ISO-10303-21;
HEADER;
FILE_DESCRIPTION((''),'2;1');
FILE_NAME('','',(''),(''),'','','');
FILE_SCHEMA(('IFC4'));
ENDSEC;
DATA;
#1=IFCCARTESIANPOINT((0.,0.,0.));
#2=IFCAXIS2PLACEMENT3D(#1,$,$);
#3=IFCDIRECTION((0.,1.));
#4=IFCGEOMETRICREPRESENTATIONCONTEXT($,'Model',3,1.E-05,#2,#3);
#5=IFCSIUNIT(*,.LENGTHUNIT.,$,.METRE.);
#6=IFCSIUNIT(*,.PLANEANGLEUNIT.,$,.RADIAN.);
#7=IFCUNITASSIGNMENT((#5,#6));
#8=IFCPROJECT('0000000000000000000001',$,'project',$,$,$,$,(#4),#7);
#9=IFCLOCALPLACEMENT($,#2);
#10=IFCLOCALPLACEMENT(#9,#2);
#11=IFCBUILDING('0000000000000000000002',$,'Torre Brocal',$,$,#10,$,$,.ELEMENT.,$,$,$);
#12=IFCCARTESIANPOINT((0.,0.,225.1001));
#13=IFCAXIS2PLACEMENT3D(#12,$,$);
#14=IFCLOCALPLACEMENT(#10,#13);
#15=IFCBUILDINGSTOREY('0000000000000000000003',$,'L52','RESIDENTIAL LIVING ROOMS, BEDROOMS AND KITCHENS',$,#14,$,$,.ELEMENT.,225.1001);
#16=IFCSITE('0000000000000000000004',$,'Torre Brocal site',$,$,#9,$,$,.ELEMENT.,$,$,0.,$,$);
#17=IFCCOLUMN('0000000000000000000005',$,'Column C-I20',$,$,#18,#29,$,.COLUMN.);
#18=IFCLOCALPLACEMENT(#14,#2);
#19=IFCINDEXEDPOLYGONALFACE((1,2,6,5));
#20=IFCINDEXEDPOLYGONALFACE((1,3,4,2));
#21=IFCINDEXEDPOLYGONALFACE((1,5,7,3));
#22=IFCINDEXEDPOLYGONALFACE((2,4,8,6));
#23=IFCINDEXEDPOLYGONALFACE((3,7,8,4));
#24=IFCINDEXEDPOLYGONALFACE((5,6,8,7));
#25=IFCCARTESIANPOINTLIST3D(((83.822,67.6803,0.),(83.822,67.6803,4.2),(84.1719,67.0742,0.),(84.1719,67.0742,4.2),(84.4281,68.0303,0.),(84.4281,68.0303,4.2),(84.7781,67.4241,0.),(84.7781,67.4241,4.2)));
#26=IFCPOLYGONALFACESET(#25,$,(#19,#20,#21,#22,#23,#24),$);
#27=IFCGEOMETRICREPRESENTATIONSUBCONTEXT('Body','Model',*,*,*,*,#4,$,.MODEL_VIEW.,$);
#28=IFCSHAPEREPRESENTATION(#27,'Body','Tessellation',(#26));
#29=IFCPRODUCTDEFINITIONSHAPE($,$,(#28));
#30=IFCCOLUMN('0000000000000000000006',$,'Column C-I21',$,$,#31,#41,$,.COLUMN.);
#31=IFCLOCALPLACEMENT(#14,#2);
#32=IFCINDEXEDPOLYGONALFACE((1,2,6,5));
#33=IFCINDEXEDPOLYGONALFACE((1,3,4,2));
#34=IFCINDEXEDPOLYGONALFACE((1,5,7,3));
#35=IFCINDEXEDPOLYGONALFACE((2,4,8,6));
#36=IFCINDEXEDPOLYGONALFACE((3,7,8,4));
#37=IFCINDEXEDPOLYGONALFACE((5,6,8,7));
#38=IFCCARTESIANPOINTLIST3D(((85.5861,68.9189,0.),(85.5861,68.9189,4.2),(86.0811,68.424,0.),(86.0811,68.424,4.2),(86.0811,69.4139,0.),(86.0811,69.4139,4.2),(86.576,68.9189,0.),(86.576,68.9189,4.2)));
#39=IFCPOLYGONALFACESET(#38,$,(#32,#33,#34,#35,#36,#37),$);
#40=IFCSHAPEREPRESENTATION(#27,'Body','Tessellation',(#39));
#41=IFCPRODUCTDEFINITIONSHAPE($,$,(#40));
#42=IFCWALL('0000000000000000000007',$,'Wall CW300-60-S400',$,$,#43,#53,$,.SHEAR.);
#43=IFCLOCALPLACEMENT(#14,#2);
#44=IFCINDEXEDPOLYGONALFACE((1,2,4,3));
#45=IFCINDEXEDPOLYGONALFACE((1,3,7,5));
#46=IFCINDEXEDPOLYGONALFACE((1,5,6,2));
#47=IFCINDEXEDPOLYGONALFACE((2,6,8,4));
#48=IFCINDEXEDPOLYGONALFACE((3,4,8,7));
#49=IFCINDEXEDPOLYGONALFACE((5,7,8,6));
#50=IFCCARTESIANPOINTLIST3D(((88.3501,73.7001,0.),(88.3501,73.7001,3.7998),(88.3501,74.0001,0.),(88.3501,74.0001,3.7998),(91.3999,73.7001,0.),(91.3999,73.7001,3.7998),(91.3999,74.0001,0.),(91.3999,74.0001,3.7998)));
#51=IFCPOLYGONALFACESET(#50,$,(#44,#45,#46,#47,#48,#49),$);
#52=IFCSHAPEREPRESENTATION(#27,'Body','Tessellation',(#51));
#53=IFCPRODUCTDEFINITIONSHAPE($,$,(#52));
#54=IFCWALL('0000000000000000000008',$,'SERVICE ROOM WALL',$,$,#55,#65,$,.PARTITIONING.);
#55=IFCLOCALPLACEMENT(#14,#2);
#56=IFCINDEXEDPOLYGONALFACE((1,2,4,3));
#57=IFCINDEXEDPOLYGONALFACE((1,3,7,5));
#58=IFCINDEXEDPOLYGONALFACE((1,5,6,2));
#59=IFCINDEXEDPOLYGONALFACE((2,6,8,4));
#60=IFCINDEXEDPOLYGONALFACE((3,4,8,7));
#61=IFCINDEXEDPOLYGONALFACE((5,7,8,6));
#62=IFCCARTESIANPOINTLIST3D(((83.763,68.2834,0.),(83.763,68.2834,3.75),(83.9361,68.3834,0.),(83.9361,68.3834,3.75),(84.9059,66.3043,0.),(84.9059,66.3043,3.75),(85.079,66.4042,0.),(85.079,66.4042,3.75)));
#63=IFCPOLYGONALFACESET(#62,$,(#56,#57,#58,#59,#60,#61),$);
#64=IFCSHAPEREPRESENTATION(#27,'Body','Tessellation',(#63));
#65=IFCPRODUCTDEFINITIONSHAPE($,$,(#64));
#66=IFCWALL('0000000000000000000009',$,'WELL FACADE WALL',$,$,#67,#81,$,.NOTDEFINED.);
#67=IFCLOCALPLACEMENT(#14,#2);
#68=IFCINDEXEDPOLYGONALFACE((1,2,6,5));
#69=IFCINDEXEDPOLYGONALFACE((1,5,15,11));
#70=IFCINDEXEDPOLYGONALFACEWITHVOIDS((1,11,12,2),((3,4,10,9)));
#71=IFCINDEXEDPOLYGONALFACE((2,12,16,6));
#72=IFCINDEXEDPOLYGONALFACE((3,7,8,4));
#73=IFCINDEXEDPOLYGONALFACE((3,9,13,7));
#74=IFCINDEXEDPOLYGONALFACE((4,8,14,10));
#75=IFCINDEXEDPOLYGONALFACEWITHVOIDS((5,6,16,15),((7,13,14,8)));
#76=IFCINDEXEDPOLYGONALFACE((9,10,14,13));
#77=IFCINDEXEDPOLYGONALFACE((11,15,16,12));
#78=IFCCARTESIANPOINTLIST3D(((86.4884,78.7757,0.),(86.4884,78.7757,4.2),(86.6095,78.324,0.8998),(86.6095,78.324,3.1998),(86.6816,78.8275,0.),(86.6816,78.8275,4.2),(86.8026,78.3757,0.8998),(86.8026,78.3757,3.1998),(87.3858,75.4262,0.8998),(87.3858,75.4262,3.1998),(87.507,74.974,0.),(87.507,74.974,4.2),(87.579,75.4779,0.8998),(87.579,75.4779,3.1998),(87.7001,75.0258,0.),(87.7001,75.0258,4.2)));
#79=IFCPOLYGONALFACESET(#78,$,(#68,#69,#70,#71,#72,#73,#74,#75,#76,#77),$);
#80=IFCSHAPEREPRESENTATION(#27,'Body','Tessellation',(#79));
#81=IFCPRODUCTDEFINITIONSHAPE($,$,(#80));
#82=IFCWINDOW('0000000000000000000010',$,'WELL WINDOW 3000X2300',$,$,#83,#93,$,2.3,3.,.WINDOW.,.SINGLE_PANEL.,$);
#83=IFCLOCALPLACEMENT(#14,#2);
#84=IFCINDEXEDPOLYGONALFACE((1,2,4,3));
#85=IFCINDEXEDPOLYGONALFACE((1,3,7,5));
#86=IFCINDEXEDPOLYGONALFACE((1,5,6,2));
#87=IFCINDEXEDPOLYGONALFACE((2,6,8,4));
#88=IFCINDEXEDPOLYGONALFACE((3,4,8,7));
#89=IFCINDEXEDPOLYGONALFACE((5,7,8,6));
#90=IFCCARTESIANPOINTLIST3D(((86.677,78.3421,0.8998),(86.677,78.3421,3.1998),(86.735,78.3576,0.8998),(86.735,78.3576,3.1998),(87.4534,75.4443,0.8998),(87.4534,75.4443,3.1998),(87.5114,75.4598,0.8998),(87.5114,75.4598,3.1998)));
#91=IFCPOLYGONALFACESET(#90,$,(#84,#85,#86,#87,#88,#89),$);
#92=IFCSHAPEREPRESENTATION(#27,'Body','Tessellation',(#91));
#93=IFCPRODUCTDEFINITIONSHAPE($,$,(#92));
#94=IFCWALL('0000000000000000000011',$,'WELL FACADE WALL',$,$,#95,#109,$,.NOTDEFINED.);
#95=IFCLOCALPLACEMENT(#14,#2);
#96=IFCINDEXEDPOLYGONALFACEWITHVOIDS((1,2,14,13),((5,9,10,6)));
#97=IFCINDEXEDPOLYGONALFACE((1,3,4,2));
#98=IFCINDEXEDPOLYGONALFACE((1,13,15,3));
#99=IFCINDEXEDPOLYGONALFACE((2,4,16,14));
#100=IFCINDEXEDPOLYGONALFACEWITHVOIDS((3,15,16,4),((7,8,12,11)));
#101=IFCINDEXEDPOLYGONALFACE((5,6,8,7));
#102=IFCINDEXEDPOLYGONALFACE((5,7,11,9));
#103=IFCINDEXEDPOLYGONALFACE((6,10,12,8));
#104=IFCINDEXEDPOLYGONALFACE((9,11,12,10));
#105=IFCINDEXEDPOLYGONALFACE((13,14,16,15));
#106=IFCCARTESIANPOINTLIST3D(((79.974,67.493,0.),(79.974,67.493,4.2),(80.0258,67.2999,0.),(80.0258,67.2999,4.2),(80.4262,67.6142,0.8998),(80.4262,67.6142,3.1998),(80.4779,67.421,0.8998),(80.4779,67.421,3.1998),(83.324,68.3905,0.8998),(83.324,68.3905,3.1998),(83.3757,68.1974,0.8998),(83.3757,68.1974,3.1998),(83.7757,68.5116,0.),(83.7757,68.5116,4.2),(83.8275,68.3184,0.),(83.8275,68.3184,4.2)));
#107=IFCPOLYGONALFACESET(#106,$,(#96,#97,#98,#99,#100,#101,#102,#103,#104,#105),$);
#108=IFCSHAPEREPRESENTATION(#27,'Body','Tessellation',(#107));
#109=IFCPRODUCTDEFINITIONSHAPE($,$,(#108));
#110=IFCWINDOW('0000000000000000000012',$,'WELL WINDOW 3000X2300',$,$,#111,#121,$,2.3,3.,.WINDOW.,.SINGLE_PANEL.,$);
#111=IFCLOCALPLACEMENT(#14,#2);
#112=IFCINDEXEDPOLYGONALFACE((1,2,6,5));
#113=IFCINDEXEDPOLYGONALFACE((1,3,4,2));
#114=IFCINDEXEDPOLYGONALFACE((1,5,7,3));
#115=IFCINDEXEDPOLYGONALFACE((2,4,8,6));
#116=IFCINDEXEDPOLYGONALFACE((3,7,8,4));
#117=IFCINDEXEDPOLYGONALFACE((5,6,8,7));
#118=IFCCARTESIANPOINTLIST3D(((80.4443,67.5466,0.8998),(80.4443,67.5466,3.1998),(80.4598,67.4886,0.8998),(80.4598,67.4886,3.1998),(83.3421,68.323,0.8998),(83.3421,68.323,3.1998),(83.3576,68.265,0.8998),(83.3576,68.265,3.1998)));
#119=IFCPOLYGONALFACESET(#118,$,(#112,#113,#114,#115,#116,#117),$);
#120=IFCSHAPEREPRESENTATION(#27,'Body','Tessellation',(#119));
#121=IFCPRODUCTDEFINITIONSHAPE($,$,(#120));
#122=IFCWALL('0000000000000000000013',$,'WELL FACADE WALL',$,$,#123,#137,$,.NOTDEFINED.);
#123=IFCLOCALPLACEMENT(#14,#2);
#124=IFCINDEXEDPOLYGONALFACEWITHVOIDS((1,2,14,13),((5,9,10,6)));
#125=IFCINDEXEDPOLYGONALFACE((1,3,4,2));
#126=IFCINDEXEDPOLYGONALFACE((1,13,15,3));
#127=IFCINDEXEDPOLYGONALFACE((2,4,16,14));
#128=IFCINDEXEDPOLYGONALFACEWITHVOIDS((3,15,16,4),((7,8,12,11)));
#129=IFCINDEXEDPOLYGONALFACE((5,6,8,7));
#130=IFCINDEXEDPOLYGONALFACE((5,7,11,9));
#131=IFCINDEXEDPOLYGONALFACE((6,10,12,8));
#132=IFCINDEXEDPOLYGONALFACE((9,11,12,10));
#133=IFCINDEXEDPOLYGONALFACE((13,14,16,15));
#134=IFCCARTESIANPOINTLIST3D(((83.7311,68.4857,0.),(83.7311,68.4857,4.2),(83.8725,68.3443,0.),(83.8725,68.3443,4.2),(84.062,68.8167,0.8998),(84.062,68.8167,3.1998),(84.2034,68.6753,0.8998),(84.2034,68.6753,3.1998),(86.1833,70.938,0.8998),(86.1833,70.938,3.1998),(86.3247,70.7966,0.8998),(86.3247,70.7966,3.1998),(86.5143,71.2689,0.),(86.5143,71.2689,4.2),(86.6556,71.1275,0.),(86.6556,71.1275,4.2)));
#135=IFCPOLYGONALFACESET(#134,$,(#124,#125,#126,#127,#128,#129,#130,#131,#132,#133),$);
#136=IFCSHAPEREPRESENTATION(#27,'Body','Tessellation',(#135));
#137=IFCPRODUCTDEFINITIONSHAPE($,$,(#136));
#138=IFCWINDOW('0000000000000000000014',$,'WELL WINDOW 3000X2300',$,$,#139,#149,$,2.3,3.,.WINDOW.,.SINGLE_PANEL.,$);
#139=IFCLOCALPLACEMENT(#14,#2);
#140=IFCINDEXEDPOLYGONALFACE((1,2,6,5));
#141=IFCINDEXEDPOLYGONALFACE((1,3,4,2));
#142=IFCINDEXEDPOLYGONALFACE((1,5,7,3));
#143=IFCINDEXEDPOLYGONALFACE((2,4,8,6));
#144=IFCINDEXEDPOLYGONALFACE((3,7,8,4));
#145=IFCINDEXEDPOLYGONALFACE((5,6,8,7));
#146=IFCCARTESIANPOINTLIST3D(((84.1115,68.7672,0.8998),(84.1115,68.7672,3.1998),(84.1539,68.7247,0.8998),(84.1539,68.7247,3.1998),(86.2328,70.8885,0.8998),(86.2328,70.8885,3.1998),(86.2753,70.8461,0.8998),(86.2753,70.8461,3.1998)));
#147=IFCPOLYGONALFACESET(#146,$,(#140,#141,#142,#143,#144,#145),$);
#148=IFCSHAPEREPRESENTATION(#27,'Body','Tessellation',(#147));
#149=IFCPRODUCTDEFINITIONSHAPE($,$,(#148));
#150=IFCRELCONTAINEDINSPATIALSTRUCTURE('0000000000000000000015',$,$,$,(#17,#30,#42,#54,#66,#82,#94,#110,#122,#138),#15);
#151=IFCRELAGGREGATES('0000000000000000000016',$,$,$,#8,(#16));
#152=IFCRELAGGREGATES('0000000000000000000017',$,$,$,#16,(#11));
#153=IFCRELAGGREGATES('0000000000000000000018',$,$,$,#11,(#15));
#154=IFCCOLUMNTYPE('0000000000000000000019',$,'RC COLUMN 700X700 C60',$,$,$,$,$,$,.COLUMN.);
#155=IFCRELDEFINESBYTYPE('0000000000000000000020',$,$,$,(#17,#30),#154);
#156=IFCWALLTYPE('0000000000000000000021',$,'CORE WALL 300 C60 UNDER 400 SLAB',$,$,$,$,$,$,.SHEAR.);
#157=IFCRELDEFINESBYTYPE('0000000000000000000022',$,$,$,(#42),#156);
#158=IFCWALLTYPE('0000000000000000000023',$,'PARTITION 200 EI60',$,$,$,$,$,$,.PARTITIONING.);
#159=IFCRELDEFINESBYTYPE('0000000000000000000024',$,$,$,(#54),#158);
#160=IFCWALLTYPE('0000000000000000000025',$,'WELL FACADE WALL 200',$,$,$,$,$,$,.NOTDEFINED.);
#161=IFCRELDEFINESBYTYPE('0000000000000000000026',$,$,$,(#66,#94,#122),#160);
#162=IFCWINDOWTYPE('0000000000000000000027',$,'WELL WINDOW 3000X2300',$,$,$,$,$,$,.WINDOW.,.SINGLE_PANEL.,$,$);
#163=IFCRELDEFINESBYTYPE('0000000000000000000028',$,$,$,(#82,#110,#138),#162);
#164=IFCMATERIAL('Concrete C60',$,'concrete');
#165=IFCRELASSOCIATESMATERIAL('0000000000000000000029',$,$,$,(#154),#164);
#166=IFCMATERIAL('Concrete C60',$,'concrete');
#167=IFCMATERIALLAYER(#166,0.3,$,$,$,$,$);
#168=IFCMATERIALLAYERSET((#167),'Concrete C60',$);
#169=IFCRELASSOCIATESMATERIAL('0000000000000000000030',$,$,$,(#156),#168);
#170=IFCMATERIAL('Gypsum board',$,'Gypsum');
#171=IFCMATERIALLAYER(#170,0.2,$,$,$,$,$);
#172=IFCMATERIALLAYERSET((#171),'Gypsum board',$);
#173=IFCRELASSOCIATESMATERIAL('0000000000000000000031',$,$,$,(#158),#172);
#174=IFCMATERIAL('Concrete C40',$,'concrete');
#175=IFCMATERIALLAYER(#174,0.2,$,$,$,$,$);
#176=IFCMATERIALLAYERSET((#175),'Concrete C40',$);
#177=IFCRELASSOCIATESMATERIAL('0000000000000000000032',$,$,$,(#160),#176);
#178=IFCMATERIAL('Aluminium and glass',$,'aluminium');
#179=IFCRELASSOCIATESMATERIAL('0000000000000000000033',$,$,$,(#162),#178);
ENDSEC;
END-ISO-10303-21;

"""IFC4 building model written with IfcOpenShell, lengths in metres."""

from ifc_helpers import new_model, si_unit, direction, frame, frame_2d, origin, origin_2d, place, context, subcontext, project, spatial, rectangle, extrude, material, layer, layer_set, material_profile, profile_set, type_object, element, fill, save


model = new_model("IFC4")

# Units and contexts
model_context = context("Model", 3, precision=1e-05, world=origin(), true_north=direction((0.0, 1.0)))
body_context = subcontext(model_context, "Body", "Model", "MODEL_VIEW")
ifc_project = project(units=[si_unit("LENGTHUNIT", "METRE"), si_unit("PLANEANGLEUNIT", "RADIAN")], contexts=[model_context])

# Site, building, storey
site_placement = place(None, origin())
site = spatial("IfcSite", under=ifc_project, at=site_placement, Name="Torre Brocal site", CompositionType="ELEMENT", RefElevation=0.0)
building_placement = place(site_placement, origin())
building = spatial("IfcBuilding", under=site, at=building_placement, Name="Torre Brocal", CompositionType="ELEMENT")
storey_placement = place(building_placement, frame((0.0, 0.0, 225.1001)))
storey = spatial("IfcBuildingStorey", under=building, at=storey_placement, Name="L52", Description="RESIDENTIAL LIVING ROOMS, BEDROOMS AND KITCHENS", CompositionType="ELEMENT", Elevation=225.1001)

# Columns
ifc_material_1 = material(Name="Concrete C60", Category="concrete")
ifc_material_profile = material_profile(ifc_material_1, rectangle(XDim=0.7, YDim=0.7, at=origin_2d()), Name="RC 700X700")
ifc_profile_set = profile_set([ifc_material_profile], Name="Concrete C60")
column_type = type_object("IfcColumnType", Name="RC COLUMN 700X700 C60", PredefinedType="COLUMN", material=ifc_profile_set)
for number, where, z_axis, x_axis, name in (
    (1, (84.3, 67.5522, 0.0), (0.0, 0.0, 1.0), (0.5, -0.866025, 0.0), "Column C-I20"),
    (2, (86.0811, 68.9189, 0.0), (0.0, 0.0, 1.0), (0.707107, -0.707107, 0.0), "Column C-I21"),
):
    element("IfcColumn", number, at=place(storey_placement, frame(where, z_axis=z_axis, x_axis=x_axis)), inside=storey, type_object=column_type, Name=name, PredefinedType="COLUMN", context=body_context, shape_type="SweptSolid", body=[
        extrude(rectangle(XDim=0.7, YDim=0.7, at=origin_2d()), origin(), (0.0, 0.0, 1.0), 4.2),
    ])

# Walls
ifc_material_2 = material(Name="Concrete C60", Category="concrete")
ifc_layer_1 = layer(ifc_material_2, 0.3)
ifc_layer_set_1 = layer_set([ifc_layer_1], Name="Concrete C60")
wall_type_1 = type_object("IfcWallType", Name="CORE WALL 300 C60 UNDER 400 SLAB", PredefinedType="SHEAR", material=ifc_layer_set_1)
wall_1_placement = place(storey_placement, frame((88.3501, 73.8501, 0.0), z_axis=(0.0, 0.0, 1.0), x_axis=(1.0, 0.0, 0.0)))
element("IfcWall", 3, at=wall_1_placement, inside=storey, type_object=wall_type_1, Name="Wall CW300-60-S400", PredefinedType="SHEAR", context=body_context, shape_type="SweptSolid", body=[
    extrude(rectangle(XDim=3.0498, YDim=0.3, at=frame_2d((1.5249, 0.0))), origin(), (0.0, 0.0, 1.0), 3.7998),
])
ifc_material_3 = material(Name="Gypsum board", Category="Gypsum")
ifc_layer_2 = layer(ifc_material_3, 0.2)
ifc_layer_set_2 = layer_set([ifc_layer_2], Name="Gypsum board")
wall_type_2 = type_object("IfcWallType", Name="PARTITION 200 EI60", PredefinedType="PARTITIONING", material=ifc_layer_set_2)
wall_2_placement = place(storey_placement, frame((83.8496, 68.3333, 0.0), z_axis=(0.0, 0.0, 1.0), x_axis=(0.50008, -0.865979, 0.0)))
element("IfcWall", 4, at=wall_2_placement, inside=storey, type_object=wall_type_2, Name="SERVICE ROOM WALL", PredefinedType="PARTITIONING", context=body_context, shape_type="SweptSolid", body=[
    extrude(rectangle(XDim=2.2854, YDim=0.2, at=frame_2d((1.1426, 0.0))), origin(), (0.0, 0.0, 1.0), 3.75),
])

# Walls, openings, windows
ifc_material_4 = material(Name="Concrete C40", Category="concrete")
ifc_layer_3 = layer(ifc_material_4, 0.2)
ifc_layer_set_3 = layer_set([ifc_layer_3], Name="Concrete C40")
wall_type_3 = type_object("IfcWallType", Name="WELL FACADE WALL 200", PredefinedType="NOTDEFINED", material=ifc_layer_set_3)
wall_3_placement = place(storey_placement, frame((87.6035, 75.0, 0.0), z_axis=(0.0, 0.0, 1.0), x_axis=(-0.25879, 0.965934, 0.0)))
wall_3 = element("IfcWall", 5, at=wall_3_placement, inside=storey, type_object=wall_type_3, Name="WELL FACADE WALL", PredefinedType="NOTDEFINED", context=body_context, shape_type="SweptSolid", body=[
    extrude(rectangle(XDim=3.9358, YDim=0.2, at=frame_2d((1.9678, 0.0))), origin(), (0.0, 0.0, 1.0), 4.2),
])
opening_1_placement = place(wall_3_placement, frame((0.468, 0.0, 0.8999)))
opening_1 = element("IfcOpeningElement", 6, at=opening_1_placement, cuts=wall_3, PredefinedType="OPENING", context=body_context, shape_type="SweptSolid", body=[
    extrude(rectangle(XDim=3.0, YDim=2.3, at=frame_2d((1.5, 1.1499))), frame((0.0, 0.1099, 0.0), z_axis=(0.0, -1.0, 0.0), x_axis=(1.0, 0.0, 0.0)), (0.0, 0.0, 1.0), 0.22),
])
ifc_material_5 = material(Name="Aluminium and glass", Category="aluminium")
window_type = type_object("IfcWindowType", Name="WELL WINDOW 3000X2300", PartitioningType="SINGLE_PANEL", PredefinedType="WINDOW", material=ifc_material_5)
window_1_placement = place(opening_1_placement, origin())
window_1 = element("IfcWindow", 7, at=window_1_placement, inside=storey, type_object=window_type, Name="WELL WINDOW 3000X2300", OverallHeight=2.3, OverallWidth=3.0, PartitioningType="SINGLE_PANEL", PredefinedType="WINDOW", context=body_context, shape_type="SweptSolid", body=[
    extrude(rectangle(XDim=3.0, YDim=2.3, at=frame_2d((1.5, 1.1499))), frame((0.0, 0.03, 0.0), z_axis=(0.0, -1.0, 0.0), x_axis=(1.0, 0.0, 0.0)), (0.0, 0.0, 1.0), 0.0601),
])
fill(opening_1, window_1)
wall_4_placement = place(storey_placement, frame((80.0, 67.3965, 0.0), z_axis=(0.0, 0.0, 1.0), x_axis=(0.965934, 0.25879, 0.0)))
wall_4 = element("IfcWall", 8, at=wall_4_placement, inside=storey, type_object=wall_type_3, Name="WELL FACADE WALL", PredefinedType="NOTDEFINED", context=body_context, shape_type="SweptSolid", body=[
    extrude(rectangle(XDim=3.9358, YDim=0.2, at=frame_2d((1.9678, 0.0))), origin(), (0.0, 0.0, 1.0), 4.2),
])
opening_2_placement = place(wall_4_placement, frame((0.468, 0.0, 0.8999)))
opening_2 = element("IfcOpeningElement", 9, at=opening_2_placement, cuts=wall_4, PredefinedType="OPENING", context=body_context, shape_type="SweptSolid", body=[
    extrude(rectangle(XDim=3.0, YDim=2.3, at=frame_2d((1.5, 1.1499))), frame((0.0, 0.1099, 0.0), z_axis=(0.0, -1.0, 0.0), x_axis=(1.0, 0.0, 0.0)), (0.0, 0.0, 1.0), 0.22),
])
window_2_placement = place(opening_2_placement, origin())
window_2 = element("IfcWindow", 10, at=window_2_placement, inside=storey, type_object=window_type, Name="WELL WINDOW 3000X2300", OverallHeight=2.3, OverallWidth=3.0, PartitioningType="SINGLE_PANEL", PredefinedType="WINDOW", context=body_context, shape_type="SweptSolid", body=[
    extrude(rectangle(XDim=3.0, YDim=2.3, at=frame_2d((1.5, 1.1499))), frame((0.0, 0.03, 0.0), z_axis=(0.0, -1.0, 0.0), x_axis=(1.0, 0.0, 0.0)), (0.0, 0.0, 1.0), 0.0601),
])
fill(opening_2, window_2)
wall_5_placement = place(storey_placement, frame((83.8018, 68.415, 0.0), z_axis=(0.0, 0.0, 1.0), x_axis=(0.707107, 0.707107, 0.0)))
wall_5 = element("IfcWall", 11, at=wall_5_placement, inside=storey, type_object=wall_type_3, Name="WELL FACADE WALL", PredefinedType="NOTDEFINED", context=body_context, shape_type="SweptSolid", body=[
    extrude(rectangle(XDim=3.936, YDim=0.2, at=frame_2d((1.968, 0.0))), origin(), (0.0, 0.0, 1.0), 4.2),
])
opening_3_placement = place(wall_5_placement, frame((0.468, 0.0, 0.8999)))
opening_3 = element("IfcOpeningElement", 12, at=opening_3_placement, cuts=wall_5, PredefinedType="OPENING", context=body_context, shape_type="SweptSolid", body=[
    extrude(rectangle(XDim=3.0, YDim=2.3, at=frame_2d((1.5, 1.1499))), frame((0.0, 0.1099, 0.0), z_axis=(0.0, -1.0, 0.0), x_axis=(1.0, 0.0, 0.0)), (0.0, 0.0, 1.0), 0.22),
])
window_3_placement = place(opening_3_placement, origin())
window_3 = element("IfcWindow", 13, at=window_3_placement, inside=storey, type_object=window_type, Name="WELL WINDOW 3000X2300", OverallHeight=2.3, OverallWidth=3.0, PartitioningType="SINGLE_PANEL", PredefinedType="WINDOW", context=body_context, shape_type="SweptSolid", body=[
    extrude(rectangle(XDim=3.0, YDim=2.3, at=frame_2d((1.5, 1.1499))), frame((0.0, 0.03, 0.0), z_axis=(0.0, -1.0, 0.0), x_axis=(1.0, 0.0, 0.0)), (0.0, 0.0, 1.0), 0.0601),
])
fill(opening_3, window_3)

save(model, "model.ifc")
